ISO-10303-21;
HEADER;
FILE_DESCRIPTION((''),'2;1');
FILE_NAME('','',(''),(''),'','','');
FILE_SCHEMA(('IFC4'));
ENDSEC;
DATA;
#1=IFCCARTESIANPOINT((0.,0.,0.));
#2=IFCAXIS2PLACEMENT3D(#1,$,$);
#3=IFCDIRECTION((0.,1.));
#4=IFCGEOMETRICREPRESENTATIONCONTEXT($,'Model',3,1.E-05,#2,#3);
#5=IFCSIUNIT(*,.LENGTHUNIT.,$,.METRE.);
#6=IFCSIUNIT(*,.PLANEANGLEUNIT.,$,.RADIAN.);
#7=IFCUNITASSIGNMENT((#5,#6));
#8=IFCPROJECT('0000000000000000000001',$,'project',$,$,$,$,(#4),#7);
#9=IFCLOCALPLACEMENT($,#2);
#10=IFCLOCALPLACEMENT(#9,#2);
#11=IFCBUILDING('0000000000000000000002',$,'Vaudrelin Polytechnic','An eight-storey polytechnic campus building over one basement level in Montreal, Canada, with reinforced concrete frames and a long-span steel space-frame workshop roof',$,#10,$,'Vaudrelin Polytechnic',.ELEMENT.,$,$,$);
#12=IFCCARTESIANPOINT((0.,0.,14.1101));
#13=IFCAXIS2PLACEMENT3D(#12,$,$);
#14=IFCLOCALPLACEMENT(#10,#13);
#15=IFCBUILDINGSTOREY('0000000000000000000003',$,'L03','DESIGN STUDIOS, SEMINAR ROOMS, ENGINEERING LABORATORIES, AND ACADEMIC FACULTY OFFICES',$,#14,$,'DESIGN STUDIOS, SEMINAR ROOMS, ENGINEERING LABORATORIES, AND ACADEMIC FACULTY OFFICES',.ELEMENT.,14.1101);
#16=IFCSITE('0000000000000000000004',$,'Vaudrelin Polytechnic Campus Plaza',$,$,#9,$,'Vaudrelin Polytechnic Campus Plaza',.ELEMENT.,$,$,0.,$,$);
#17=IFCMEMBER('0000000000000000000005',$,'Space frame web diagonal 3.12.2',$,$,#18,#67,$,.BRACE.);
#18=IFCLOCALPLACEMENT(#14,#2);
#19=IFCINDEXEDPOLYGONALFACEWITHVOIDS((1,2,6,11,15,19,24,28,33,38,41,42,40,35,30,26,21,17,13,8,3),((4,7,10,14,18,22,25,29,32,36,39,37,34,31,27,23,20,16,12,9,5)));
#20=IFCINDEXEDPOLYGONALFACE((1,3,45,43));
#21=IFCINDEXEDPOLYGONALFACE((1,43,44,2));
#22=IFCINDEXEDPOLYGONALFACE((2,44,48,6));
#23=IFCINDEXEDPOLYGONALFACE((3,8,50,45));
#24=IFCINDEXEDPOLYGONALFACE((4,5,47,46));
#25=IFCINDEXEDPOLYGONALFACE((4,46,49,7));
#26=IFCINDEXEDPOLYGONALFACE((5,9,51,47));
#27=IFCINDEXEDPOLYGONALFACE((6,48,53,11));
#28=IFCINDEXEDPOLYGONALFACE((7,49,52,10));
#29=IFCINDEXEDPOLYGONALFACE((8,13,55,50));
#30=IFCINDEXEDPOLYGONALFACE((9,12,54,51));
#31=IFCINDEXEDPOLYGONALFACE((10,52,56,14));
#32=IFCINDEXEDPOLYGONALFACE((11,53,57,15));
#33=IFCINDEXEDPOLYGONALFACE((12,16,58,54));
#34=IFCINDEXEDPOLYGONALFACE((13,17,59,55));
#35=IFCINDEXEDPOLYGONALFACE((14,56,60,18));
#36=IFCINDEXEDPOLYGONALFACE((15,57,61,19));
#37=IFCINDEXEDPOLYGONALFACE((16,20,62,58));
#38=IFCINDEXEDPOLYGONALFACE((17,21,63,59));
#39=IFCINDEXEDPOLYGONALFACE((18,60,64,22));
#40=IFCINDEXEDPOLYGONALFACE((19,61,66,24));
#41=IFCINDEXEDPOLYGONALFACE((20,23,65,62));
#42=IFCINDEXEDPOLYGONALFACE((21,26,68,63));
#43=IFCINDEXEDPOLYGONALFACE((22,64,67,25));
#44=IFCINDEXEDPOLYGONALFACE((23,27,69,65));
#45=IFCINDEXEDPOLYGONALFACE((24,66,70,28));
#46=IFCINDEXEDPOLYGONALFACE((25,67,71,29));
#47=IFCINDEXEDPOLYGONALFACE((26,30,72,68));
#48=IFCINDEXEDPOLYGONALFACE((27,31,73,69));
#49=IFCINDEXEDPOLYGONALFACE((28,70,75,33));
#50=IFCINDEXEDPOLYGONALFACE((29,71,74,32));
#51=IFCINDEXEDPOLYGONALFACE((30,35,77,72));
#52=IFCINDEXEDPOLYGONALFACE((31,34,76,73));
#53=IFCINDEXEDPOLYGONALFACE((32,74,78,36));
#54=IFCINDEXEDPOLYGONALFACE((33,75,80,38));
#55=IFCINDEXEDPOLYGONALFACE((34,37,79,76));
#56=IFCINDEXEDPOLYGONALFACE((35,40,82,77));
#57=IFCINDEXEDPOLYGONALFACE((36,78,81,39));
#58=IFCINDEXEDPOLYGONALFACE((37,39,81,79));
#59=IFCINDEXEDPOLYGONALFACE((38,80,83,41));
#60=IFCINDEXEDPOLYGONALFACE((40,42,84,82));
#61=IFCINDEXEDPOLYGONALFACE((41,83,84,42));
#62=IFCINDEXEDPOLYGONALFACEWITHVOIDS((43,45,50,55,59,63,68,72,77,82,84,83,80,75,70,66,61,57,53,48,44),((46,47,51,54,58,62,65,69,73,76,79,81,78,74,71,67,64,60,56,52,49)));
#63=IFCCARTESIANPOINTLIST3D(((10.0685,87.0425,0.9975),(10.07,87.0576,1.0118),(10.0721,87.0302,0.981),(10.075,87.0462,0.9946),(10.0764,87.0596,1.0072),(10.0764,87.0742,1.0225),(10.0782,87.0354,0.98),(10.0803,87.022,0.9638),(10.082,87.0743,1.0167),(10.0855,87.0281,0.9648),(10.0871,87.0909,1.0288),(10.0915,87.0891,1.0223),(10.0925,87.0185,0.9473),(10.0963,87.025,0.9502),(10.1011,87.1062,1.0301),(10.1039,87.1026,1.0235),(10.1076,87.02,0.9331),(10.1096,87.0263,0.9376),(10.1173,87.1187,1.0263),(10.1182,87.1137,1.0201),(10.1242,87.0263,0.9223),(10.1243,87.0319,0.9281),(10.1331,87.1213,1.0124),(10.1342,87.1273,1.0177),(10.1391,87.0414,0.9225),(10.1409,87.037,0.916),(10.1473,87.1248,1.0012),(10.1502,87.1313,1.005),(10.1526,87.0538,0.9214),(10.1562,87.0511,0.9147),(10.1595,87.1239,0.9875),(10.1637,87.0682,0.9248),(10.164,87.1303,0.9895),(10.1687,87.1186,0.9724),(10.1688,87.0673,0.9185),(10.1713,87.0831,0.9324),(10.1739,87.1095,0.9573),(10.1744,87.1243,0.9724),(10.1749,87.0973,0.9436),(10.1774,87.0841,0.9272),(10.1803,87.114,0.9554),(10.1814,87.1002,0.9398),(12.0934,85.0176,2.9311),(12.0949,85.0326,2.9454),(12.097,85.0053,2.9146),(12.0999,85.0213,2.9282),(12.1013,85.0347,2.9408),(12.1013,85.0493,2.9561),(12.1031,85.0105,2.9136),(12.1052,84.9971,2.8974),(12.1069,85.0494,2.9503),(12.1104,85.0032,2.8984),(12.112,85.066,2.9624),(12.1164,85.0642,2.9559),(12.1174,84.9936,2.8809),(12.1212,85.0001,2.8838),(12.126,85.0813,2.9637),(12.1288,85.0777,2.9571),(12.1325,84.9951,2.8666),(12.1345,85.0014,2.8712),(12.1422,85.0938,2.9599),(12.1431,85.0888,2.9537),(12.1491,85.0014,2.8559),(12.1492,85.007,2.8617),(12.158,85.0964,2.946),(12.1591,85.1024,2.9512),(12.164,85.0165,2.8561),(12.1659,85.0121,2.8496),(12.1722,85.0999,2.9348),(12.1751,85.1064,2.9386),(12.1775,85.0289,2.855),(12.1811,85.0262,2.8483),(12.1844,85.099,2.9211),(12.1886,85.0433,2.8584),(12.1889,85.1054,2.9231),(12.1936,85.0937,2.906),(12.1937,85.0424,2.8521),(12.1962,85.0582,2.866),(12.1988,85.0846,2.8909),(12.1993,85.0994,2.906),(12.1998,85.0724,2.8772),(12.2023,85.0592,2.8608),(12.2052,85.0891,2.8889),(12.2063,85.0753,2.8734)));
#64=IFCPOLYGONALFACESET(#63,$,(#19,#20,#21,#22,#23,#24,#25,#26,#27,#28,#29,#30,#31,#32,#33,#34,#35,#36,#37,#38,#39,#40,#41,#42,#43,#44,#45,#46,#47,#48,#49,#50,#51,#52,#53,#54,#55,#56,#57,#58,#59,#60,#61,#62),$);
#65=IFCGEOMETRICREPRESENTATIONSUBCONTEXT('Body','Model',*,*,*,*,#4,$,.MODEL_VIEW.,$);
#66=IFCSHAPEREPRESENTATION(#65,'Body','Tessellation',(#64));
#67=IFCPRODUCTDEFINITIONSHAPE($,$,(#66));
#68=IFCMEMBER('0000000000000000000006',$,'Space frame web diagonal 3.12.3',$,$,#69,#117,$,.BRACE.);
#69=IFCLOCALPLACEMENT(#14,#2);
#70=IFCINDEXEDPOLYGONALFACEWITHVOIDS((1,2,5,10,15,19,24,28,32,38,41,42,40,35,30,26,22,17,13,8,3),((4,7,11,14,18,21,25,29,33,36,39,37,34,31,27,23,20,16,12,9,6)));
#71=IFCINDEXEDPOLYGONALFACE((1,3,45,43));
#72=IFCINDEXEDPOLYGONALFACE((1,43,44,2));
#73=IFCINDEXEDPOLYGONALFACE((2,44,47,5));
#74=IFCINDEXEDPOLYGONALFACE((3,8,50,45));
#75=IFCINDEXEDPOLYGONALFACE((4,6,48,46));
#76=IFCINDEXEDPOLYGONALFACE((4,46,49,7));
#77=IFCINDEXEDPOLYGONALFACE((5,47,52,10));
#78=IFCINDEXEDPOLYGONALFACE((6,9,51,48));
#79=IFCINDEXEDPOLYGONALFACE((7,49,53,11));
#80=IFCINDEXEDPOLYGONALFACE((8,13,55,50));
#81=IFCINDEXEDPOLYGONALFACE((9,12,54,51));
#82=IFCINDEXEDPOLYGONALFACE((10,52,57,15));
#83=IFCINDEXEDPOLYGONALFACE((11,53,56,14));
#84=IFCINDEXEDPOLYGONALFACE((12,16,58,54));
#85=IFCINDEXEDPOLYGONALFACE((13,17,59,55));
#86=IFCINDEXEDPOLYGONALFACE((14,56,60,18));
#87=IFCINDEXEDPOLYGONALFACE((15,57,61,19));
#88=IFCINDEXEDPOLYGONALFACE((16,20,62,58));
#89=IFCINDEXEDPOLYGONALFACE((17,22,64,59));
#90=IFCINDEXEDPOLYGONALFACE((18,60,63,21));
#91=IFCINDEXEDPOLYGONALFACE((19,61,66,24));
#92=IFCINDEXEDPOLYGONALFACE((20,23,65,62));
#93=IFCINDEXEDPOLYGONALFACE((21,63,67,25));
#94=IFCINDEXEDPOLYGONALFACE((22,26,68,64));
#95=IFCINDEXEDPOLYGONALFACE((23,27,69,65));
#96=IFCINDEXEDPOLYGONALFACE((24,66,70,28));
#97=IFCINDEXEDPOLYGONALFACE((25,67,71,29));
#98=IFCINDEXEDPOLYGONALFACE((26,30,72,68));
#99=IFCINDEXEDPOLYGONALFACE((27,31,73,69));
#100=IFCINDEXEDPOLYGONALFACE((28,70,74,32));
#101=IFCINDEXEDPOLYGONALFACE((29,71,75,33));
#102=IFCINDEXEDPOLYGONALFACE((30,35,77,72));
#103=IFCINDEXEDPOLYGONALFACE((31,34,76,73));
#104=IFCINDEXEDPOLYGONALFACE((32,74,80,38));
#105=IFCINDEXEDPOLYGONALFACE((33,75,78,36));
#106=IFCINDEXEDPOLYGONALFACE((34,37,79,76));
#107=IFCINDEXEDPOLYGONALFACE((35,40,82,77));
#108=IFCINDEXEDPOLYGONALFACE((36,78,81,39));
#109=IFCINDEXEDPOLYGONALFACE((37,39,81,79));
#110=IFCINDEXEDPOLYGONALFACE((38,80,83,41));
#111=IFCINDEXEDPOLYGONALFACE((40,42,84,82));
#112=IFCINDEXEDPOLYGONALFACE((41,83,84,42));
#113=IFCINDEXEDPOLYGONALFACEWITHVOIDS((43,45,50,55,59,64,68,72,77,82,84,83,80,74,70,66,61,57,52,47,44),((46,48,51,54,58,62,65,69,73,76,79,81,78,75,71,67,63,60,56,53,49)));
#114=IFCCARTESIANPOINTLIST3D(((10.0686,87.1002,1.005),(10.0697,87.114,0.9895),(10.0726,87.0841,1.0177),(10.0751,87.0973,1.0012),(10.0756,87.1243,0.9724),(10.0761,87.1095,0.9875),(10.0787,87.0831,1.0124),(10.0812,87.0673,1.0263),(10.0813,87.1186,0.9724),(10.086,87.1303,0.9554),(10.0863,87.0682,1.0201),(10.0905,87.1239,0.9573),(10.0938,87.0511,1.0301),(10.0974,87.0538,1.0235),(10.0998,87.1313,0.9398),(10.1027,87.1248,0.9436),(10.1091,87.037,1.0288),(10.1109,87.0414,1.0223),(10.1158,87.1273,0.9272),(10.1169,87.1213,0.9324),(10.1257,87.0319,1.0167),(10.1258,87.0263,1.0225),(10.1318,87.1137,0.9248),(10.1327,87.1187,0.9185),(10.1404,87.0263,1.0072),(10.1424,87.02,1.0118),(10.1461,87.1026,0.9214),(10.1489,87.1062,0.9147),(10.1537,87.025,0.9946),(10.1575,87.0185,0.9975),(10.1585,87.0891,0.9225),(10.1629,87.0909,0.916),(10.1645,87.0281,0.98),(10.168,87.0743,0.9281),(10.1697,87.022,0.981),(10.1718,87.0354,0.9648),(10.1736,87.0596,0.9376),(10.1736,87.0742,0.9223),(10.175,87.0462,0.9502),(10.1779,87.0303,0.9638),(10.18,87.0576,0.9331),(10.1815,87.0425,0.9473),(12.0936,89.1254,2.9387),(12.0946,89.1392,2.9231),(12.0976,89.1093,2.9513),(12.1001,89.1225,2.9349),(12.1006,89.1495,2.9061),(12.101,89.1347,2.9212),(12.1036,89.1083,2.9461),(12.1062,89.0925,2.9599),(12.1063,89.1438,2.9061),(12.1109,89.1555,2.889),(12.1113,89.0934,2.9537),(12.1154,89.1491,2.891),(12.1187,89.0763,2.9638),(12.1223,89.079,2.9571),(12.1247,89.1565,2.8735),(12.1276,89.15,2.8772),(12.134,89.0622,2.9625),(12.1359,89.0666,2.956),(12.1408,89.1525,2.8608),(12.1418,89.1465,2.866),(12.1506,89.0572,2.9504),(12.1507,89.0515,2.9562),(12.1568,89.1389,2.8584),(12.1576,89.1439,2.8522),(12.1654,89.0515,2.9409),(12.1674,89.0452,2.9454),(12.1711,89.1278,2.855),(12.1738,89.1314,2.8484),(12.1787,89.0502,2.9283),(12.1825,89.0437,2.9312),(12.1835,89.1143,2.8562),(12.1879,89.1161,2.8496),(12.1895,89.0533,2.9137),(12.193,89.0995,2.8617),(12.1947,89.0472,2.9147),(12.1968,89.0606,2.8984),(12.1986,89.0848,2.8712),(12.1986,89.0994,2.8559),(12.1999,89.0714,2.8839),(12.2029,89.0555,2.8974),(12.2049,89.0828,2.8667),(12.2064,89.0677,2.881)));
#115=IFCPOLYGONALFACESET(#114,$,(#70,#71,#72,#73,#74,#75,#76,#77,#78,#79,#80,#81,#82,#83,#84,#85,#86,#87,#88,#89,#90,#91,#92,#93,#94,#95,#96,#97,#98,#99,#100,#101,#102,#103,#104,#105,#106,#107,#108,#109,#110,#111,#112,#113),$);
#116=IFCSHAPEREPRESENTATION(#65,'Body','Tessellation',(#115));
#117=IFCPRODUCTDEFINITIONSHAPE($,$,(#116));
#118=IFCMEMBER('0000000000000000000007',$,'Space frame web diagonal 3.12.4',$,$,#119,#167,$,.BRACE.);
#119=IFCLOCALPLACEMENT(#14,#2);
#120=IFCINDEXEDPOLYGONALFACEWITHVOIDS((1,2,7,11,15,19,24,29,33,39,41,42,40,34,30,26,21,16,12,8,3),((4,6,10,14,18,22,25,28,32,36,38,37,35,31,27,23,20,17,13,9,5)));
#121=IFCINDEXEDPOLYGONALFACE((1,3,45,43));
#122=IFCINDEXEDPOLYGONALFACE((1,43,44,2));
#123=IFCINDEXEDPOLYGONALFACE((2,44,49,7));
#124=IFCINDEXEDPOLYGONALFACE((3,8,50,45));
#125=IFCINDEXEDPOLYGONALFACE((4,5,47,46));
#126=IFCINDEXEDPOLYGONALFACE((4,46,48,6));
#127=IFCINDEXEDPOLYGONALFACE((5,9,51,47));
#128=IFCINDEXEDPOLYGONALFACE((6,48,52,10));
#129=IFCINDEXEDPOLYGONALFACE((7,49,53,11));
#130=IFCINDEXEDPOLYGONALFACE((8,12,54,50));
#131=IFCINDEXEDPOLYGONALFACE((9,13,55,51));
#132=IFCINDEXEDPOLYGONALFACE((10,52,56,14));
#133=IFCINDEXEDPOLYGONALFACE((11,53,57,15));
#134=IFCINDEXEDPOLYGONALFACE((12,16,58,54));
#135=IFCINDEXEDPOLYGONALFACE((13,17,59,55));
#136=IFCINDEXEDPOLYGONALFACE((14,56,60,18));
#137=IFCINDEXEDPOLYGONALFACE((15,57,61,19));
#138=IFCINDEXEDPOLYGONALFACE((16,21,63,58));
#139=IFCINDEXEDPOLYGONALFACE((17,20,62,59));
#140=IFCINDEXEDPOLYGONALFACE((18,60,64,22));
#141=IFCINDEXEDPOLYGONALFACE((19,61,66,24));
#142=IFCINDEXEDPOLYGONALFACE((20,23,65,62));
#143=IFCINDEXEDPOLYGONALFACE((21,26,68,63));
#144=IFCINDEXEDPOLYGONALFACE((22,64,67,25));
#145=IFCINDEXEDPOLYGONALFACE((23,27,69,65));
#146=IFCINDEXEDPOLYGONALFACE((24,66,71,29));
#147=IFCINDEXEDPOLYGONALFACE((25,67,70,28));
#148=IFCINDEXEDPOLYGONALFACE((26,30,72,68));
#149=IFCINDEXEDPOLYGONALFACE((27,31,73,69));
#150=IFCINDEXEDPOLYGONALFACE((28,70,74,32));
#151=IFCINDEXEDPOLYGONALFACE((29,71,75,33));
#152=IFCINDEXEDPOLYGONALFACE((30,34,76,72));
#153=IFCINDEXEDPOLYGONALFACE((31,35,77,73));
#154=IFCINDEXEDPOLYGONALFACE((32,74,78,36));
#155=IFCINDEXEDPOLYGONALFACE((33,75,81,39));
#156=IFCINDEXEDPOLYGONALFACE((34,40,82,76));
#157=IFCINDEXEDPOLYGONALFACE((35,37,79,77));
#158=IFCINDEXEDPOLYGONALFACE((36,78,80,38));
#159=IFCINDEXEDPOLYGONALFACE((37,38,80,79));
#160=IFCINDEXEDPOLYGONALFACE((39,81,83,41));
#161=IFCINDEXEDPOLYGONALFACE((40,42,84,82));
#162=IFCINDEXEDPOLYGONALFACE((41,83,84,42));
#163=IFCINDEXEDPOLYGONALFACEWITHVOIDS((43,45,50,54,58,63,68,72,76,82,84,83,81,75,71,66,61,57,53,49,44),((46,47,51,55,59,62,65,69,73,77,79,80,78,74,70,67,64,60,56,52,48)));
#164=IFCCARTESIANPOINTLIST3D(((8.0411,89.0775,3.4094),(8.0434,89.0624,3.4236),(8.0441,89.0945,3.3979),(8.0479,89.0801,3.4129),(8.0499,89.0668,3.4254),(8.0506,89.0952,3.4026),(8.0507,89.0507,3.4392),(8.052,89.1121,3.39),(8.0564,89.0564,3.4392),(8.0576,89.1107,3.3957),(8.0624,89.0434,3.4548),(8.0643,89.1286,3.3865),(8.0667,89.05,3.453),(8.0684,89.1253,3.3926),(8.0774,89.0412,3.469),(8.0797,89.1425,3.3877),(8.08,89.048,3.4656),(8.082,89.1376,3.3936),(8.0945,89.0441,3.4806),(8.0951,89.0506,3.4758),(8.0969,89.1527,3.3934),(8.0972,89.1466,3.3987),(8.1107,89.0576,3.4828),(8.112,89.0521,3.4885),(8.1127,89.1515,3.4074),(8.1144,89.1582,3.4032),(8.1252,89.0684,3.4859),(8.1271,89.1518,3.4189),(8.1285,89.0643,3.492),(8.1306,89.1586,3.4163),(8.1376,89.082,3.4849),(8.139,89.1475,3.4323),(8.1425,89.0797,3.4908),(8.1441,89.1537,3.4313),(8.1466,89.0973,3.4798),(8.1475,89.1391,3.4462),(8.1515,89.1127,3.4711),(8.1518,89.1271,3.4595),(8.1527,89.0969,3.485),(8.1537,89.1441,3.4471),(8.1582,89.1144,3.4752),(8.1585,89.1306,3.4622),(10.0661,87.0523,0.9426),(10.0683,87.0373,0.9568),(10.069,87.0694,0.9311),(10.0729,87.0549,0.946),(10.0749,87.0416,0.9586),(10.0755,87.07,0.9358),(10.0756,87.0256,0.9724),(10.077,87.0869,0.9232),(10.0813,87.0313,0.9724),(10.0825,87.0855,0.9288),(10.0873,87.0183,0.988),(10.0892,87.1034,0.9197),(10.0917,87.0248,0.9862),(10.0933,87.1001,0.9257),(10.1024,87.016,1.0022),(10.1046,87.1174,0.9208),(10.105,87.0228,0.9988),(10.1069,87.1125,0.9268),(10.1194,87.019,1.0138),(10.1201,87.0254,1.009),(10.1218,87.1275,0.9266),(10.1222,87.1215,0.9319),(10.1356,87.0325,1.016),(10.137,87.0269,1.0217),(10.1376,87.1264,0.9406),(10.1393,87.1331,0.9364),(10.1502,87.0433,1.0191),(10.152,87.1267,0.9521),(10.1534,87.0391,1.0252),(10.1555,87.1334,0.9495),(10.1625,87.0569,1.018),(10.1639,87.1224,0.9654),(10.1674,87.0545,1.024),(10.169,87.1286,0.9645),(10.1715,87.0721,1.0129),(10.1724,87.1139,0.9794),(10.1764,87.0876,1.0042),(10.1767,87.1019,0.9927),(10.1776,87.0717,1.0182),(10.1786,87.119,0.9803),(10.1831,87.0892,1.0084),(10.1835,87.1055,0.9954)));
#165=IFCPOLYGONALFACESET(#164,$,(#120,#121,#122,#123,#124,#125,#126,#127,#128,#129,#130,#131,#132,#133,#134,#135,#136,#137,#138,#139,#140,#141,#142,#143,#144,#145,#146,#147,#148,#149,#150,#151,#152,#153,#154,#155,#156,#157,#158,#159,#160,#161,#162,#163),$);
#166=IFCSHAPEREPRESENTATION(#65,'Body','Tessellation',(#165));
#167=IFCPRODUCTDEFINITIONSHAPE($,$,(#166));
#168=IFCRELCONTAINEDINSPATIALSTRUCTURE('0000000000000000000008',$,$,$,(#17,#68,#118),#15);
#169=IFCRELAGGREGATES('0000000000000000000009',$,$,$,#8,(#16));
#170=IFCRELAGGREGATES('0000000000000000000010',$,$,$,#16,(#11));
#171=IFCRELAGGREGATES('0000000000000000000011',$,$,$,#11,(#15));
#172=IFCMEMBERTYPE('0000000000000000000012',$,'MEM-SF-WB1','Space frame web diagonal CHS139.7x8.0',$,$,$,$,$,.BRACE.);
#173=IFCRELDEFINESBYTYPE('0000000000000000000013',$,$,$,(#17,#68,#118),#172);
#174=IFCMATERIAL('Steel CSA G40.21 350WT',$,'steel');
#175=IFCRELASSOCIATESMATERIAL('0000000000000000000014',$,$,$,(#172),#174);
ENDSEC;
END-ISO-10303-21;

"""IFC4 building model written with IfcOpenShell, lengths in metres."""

from ifc_helpers import new_model, si_unit, direction, frame, origin, origin_2d, place, context, subcontext, project, spatial, hollow_circle, extrude, material, material_profile, profile_set, type_object, element, save


model = new_model("IFC4")

# Units and contexts
model_context = context("Model", 3, precision=1e-05, world=origin(), true_north=direction((0.0, 1.0)))
body_context = subcontext(model_context, "Body", "Model", "MODEL_VIEW")
ifc_project = project(units=[si_unit("LENGTHUNIT", "METRE"), si_unit("PLANEANGLEUNIT", "RADIAN")], contexts=[model_context])

# Site, building, storey
site_placement = place(None, origin())
site = spatial("IfcSite", under=ifc_project, at=site_placement, Name="Vaudrelin Polytechnic Campus Plaza", LongName="Vaudrelin Polytechnic Campus Plaza", CompositionType="ELEMENT", RefElevation=0.0)
building_placement = place(site_placement, origin())
building = spatial("IfcBuilding", under=site, at=building_placement, Name="Vaudrelin Polytechnic", Description="An eight-storey polytechnic campus building over one basement level in Montreal, Canada, with reinforced concrete frames and a long-span steel space-frame workshop roof", LongName="Vaudrelin Polytechnic", CompositionType="ELEMENT")
storey_placement = place(building_placement, frame((0.0, 0.0, 14.1101)))
storey = spatial("IfcBuildingStorey", under=building, at=storey_placement, Name="L03", Description="DESIGN STUDIOS, SEMINAR ROOMS, ENGINEERING LABORATORIES, AND ACADEMIC FACULTY OFFICES", LongName="DESIGN STUDIOS, SEMINAR ROOMS, ENGINEERING LABORATORIES, AND ACADEMIC FACULTY OFFICES", CompositionType="ELEMENT", Elevation=14.1101)

# Members
ifc_material = material(Name="Steel CSA G40.21 350WT", Category="steel")
ifc_material_profile_1 = material_profile(ifc_material, hollow_circle(Radius=0.0698, WallThickness=0.0081, at=origin_2d()), Name="CHS139.7x8.0")
ifc_profile_set_1 = profile_set([ifc_material_profile_1], Name="Steel CSA G40.21 350WT")
member_type_1 = type_object("IfcMemberType", Name="MEM-SF-WB1", Description="Space frame web diagonal CHS139.7x8.0", PredefinedType="BRACE", material=ifc_profile_set_1)
member_1_placement = place(storey_placement, frame((10.125, 87.075, 0.9724), z_axis=(0.586024, -0.586024, 0.559599), x_axis=(0.707107, 0.707107, 0.0)))
element("IfcMember", 1, at=member_1_placement, inside=storey, type_object=member_type_1, Name="Space frame web diagonal 3.12.2", PredefinedType="BRACE", context=body_context, shape_type="SweptSolid", body=[
    extrude(hollow_circle(Radius=0.0698, WallThickness=0.0081, at=origin_2d()), origin(), (0.0, 0.0, 1.0), 3.4553),
])
member_2_placement = place(storey_placement, frame((10.125, 87.075, 0.9724), z_axis=(0.586, 0.586071, 0.559576), x_axis=(-0.707149, 0.707064, 0.0)))
element("IfcMember", 2, at=member_2_placement, inside=storey, type_object=member_type_1, Name="Space frame web diagonal 3.12.3", PredefinedType="BRACE", context=body_context, shape_type="SweptSolid", body=[
    extrude(hollow_circle(Radius=0.0698, WallThickness=0.0081, at=origin_2d()), origin(), (0.0, 0.0, 1.0), 3.4556),
])
for number, where, z_axis, x_axis, name in (
    (3, (10.125, 87.075, 0.9724), (-0.535723, 0.535788, 0.652634), (-0.707149, -0.707064, 0.0), "Space frame web diagonal 3.12.4"),
):
    element("IfcMember", number, at=place(storey_placement, frame(where, z_axis=z_axis, x_axis=x_axis)), inside=storey, type_object=member_type_1, Name=name, PredefinedType="BRACE", context=body_context, shape_type="SweptSolid", body=[
        extrude(hollow_circle(Radius=0.0698, WallThickness=0.0081, at=origin_2d()), origin(), (0.0, 0.0, 1.0), 3.7798),
    ])

save(model, "model.ifc")
